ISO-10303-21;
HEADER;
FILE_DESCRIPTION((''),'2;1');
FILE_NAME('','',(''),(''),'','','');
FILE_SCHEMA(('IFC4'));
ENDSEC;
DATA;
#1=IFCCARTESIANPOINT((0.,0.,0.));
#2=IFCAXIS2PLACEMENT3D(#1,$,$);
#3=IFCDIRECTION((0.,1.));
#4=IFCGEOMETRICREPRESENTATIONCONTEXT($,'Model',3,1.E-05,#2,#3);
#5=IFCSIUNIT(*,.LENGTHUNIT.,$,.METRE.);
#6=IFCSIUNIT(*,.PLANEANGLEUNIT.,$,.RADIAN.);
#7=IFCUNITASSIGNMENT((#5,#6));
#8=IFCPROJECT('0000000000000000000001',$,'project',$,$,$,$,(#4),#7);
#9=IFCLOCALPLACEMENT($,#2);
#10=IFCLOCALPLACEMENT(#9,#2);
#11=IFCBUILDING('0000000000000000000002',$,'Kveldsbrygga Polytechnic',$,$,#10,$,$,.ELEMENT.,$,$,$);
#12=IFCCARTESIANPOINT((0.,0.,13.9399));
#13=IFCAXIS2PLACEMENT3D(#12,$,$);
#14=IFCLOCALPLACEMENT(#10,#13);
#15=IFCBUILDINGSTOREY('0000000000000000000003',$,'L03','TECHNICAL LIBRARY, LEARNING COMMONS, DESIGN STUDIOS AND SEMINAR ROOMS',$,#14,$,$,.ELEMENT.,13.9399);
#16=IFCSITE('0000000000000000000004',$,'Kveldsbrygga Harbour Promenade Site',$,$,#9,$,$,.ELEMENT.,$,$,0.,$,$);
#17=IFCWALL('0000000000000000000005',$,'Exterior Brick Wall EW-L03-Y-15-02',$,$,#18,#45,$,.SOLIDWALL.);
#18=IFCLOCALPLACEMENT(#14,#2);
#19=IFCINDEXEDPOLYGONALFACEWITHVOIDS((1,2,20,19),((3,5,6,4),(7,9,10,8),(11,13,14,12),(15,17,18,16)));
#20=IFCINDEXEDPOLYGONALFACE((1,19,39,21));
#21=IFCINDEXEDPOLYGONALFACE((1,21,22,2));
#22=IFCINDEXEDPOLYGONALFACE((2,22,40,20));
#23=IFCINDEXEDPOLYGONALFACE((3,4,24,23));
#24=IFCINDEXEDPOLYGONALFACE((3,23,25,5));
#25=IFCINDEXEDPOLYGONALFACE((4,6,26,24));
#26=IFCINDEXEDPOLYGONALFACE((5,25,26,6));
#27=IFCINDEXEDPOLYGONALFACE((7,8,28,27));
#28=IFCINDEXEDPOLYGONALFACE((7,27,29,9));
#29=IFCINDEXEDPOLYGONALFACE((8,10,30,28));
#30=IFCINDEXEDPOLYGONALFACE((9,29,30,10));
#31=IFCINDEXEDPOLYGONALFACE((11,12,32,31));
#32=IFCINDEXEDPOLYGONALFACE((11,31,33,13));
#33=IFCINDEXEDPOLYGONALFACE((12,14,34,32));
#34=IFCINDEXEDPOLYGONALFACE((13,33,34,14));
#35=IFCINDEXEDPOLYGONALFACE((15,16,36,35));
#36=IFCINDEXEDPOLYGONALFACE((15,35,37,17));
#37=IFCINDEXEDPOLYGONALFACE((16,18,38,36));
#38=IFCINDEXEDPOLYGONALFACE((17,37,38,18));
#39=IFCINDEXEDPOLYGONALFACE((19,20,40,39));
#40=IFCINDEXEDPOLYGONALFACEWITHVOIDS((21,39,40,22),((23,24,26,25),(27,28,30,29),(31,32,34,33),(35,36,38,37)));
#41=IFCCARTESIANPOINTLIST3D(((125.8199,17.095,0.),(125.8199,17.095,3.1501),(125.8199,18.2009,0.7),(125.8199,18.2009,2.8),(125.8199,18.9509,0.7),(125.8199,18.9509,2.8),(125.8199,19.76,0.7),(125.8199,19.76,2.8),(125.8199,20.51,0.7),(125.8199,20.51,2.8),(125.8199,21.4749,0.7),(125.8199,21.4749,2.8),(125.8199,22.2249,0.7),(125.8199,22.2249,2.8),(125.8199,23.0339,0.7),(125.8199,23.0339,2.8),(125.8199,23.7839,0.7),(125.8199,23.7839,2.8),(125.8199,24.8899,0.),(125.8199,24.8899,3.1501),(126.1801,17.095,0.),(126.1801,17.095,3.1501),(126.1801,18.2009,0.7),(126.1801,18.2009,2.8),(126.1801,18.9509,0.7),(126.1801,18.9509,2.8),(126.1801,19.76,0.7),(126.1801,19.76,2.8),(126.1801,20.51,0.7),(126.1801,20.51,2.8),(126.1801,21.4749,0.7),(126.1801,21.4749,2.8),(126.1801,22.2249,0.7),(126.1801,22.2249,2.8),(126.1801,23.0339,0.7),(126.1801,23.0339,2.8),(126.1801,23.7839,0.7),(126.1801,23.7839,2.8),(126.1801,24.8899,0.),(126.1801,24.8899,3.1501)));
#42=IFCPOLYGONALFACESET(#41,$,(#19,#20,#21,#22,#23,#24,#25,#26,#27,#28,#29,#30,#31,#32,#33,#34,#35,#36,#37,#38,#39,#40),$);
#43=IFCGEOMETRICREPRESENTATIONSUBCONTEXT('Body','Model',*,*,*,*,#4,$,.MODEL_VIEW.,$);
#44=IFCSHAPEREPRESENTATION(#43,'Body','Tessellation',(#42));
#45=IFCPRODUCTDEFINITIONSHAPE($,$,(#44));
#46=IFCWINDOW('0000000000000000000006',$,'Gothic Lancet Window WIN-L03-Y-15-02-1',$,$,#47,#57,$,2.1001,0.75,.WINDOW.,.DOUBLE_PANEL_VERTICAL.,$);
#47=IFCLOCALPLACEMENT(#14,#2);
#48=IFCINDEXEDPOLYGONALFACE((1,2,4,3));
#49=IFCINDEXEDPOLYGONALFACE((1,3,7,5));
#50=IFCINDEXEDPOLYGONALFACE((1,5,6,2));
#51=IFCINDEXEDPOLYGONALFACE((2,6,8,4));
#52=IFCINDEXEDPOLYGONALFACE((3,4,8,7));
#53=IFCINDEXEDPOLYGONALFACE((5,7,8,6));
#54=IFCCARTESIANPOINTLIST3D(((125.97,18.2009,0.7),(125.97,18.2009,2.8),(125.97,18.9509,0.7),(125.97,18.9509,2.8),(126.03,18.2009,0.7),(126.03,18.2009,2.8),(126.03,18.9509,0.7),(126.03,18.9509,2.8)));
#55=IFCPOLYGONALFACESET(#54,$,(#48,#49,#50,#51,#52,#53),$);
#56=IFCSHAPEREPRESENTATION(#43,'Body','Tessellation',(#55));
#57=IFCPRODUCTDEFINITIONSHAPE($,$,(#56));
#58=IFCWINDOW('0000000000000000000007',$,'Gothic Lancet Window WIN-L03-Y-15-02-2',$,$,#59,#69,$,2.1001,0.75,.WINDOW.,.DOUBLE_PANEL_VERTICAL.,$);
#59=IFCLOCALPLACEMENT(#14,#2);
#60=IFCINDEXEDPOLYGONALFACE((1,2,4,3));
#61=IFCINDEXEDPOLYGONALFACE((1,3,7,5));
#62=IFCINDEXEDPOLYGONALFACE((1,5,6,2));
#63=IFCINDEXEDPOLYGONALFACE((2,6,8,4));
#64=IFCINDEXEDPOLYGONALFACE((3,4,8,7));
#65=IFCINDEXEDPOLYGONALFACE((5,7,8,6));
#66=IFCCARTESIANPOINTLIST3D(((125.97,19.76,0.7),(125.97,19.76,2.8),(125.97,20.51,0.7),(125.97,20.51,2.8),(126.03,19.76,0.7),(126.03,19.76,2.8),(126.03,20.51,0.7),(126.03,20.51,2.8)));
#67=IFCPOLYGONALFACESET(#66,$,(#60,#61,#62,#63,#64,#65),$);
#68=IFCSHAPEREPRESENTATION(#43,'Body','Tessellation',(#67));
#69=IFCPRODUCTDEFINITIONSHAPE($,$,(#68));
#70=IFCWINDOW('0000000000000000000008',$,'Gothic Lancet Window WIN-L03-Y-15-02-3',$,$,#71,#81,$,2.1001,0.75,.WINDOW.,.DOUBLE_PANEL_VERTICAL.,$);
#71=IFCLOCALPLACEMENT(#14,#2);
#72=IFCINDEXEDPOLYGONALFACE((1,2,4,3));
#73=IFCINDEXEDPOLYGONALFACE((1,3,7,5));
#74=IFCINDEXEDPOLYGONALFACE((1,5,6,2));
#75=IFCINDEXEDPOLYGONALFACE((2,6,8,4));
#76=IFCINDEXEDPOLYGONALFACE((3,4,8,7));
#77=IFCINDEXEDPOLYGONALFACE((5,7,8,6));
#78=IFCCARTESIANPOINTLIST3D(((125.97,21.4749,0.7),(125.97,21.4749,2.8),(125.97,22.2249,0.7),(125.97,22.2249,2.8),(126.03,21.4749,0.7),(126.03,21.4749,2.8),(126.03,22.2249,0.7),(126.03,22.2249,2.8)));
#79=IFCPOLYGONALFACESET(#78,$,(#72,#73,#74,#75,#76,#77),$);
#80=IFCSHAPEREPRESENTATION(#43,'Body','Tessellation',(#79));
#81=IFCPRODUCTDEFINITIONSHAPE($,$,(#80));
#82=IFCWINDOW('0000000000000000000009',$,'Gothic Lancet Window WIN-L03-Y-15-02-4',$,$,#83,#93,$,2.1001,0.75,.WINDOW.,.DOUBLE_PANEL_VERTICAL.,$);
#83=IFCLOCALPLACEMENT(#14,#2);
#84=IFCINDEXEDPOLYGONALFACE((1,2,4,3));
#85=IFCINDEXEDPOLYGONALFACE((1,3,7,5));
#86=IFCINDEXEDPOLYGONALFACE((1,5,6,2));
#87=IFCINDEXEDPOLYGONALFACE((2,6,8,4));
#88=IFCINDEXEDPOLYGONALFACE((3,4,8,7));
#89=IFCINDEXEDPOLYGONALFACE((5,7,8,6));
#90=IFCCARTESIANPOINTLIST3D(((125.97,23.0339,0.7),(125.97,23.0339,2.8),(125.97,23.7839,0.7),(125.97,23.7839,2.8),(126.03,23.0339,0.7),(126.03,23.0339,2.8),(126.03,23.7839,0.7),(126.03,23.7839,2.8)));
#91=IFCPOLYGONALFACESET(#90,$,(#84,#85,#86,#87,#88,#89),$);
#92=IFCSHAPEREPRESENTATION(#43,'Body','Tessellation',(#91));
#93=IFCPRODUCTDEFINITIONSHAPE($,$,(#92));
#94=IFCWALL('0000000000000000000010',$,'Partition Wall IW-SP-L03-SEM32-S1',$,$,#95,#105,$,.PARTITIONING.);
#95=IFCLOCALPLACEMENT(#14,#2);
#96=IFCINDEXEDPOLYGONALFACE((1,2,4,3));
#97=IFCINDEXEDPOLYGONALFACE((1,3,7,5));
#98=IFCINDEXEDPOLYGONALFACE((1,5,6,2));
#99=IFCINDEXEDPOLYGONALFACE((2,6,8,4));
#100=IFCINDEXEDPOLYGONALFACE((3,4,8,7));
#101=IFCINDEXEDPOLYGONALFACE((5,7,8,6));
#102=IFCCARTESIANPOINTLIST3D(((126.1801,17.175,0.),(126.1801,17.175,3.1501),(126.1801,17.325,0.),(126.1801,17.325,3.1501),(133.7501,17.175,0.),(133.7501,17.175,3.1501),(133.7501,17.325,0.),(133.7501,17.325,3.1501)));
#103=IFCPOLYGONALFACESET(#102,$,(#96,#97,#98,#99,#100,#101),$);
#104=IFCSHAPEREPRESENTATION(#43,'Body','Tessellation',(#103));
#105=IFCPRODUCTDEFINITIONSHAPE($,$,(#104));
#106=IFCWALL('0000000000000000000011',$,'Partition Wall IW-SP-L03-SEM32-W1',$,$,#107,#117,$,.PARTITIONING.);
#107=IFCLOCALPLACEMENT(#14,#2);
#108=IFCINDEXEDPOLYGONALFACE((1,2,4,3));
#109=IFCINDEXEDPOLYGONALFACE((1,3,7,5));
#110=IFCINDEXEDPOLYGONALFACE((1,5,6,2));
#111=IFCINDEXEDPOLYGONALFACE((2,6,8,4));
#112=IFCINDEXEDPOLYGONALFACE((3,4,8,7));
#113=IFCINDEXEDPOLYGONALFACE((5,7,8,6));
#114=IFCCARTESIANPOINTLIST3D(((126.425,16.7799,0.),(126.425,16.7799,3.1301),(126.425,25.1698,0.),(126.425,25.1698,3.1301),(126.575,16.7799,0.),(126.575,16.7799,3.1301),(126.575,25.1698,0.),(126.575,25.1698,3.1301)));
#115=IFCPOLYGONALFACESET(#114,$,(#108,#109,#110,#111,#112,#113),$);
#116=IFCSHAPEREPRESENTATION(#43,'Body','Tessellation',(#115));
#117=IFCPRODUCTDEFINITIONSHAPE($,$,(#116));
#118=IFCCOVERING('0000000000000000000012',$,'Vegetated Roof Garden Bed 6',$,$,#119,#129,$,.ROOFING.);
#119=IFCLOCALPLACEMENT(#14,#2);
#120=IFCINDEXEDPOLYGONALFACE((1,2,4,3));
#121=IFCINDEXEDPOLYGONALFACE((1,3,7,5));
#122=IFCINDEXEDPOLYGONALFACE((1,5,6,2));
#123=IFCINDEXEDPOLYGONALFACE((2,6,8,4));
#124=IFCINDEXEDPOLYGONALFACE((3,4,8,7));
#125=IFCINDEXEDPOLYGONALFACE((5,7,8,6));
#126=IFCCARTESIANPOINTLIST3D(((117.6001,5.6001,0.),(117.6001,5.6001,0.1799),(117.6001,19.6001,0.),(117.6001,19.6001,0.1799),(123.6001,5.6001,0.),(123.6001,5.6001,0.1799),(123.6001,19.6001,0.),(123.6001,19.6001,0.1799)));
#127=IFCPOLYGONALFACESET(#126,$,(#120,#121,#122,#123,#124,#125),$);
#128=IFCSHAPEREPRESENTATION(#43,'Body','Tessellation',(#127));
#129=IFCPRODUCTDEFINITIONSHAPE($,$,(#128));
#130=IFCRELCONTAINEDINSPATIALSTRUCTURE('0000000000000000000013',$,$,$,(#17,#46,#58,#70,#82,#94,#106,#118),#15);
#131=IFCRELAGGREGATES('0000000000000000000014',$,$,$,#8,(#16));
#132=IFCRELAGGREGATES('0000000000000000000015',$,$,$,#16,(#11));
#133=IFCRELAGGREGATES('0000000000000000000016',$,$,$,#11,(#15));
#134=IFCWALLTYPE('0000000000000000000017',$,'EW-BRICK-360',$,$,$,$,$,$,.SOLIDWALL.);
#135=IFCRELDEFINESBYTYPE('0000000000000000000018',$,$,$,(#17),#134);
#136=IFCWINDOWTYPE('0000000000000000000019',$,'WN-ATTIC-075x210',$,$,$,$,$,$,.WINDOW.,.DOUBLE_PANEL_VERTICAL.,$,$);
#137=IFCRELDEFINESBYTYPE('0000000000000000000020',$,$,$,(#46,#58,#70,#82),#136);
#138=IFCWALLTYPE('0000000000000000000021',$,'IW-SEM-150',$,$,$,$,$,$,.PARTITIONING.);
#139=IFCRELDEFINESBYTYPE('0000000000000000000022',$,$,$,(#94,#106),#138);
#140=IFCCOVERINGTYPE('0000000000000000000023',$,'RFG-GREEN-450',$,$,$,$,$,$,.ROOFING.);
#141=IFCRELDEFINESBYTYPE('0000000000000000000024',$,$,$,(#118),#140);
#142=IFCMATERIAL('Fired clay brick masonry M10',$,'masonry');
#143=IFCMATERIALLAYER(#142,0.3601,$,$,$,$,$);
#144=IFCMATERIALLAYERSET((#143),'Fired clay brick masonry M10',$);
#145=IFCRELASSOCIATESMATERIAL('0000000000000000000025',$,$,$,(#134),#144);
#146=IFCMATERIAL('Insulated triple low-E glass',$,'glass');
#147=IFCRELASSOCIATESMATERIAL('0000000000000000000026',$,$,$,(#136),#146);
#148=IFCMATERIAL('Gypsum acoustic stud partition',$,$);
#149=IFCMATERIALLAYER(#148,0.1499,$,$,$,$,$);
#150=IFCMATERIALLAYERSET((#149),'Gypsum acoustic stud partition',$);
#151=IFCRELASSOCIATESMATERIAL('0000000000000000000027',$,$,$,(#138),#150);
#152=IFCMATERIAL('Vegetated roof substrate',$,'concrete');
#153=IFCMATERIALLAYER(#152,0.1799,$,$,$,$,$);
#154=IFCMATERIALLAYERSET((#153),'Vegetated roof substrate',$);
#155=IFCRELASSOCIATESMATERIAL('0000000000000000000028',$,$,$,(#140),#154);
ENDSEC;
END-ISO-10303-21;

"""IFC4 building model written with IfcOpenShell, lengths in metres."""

from ifc_helpers import new_model, si_unit, direction, frame, frame_2d, origin, origin_2d, place, context, subcontext, project, spatial, rectangle, extrude, material, layer, layer_set, type_object, element, fill, save


model = new_model("IFC4")

# Units and contexts
model_context = context("Model", 3, precision=1e-05, world=origin(), true_north=direction((0.0, 1.0)))
body_context = subcontext(model_context, "Body", "Model", "MODEL_VIEW")
ifc_project = project(units=[si_unit("LENGTHUNIT", "METRE"), si_unit("PLANEANGLEUNIT", "RADIAN")], contexts=[model_context])

# Site, building, storey
site_placement = place(None, origin())
site = spatial("IfcSite", under=ifc_project, at=site_placement, Name="Kveldsbrygga Harbour Promenade Site", CompositionType="ELEMENT", RefElevation=0.0)
building_placement = place(site_placement, origin())
building = spatial("IfcBuilding", under=site, at=building_placement, Name="Kveldsbrygga Polytechnic", CompositionType="ELEMENT")
storey_placement = place(building_placement, frame((0.0, 0.0, 13.9399)))
storey = spatial("IfcBuildingStorey", under=building, at=storey_placement, Name="L03", Description="TECHNICAL LIBRARY, LEARNING COMMONS, DESIGN STUDIOS AND SEMINAR ROOMS", CompositionType="ELEMENT", Elevation=13.9399)

# Shared definitions
ifc_material_1 = material(Name="Fired clay brick masonry M10", Category="masonry")
ifc_layer_1 = layer(ifc_material_1, 0.3601)
ifc_layer_set_1 = layer_set([ifc_layer_1], Name="Fired clay brick masonry M10")
wall_type_1 = type_object("IfcWallType", Name="EW-BRICK-360", PredefinedType="SOLIDWALL", material=ifc_layer_set_1)

# Wall, openings, windows
wall_1_placement = place(storey_placement, frame((126.0, 17.095, 0.0), z_axis=(0.0, 0.0, 1.0), x_axis=(0.0, 1.0, 0.0)))
wall_1 = element("IfcWall", 1, at=wall_1_placement, inside=storey, type_object=wall_type_1, Name="Exterior Brick Wall EW-L03-Y-15-02", PredefinedType="SOLIDWALL", context=body_context, shape_type="SweptSolid", body=[
    extrude(rectangle(XDim=7.7949, YDim=0.3601, at=frame_2d((3.8975, 0.0))), origin(), (0.0, 0.0, 1.0), 3.1501),
])
opening_1_placement = place(wall_1_placement, frame((1.106, 0.0, 0.7)))
opening_1 = element("IfcOpeningElement", 2, at=opening_1_placement, cuts=wall_1, PredefinedType="OPENING", context=body_context, shape_type="SweptSolid", body=[
    extrude(rectangle(XDim=0.75, YDim=2.1001, at=frame_2d((0.375, 1.05))), frame((0.0, 0.1899, 0.0), z_axis=(0.0, -1.0, 0.0), x_axis=(1.0, 0.0, 0.0)), (0.0, 0.0, 1.0), 0.3801),
])
opening_2_placement = place(wall_1_placement, frame((2.665, 0.0, 0.7)))
opening_2 = element("IfcOpeningElement", 3, at=opening_2_placement, cuts=wall_1, PredefinedType="OPENING", context=body_context, shape_type="SweptSolid", body=[
    extrude(rectangle(XDim=0.75, YDim=2.1001, at=frame_2d((0.375, 1.05))), frame((0.0, 0.1899, 0.0), z_axis=(0.0, -1.0, 0.0), x_axis=(1.0, 0.0, 0.0)), (0.0, 0.0, 1.0), 0.3801),
])
opening_3_placement = place(wall_1_placement, frame((4.3799, 0.0, 0.7)))
opening_3 = element("IfcOpeningElement", 4, at=opening_3_placement, cuts=wall_1, PredefinedType="OPENING", context=body_context, shape_type="SweptSolid", body=[
    extrude(rectangle(XDim=0.75, YDim=2.1001, at=frame_2d((0.375, 1.05))), frame((0.0, 0.1899, 0.0), z_axis=(0.0, -1.0, 0.0), x_axis=(1.0, 0.0, 0.0)), (0.0, 0.0, 1.0), 0.3801),
])
opening_4_placement = place(wall_1_placement, frame((5.939, 0.0, 0.7)))
opening_4 = element("IfcOpeningElement", 5, at=opening_4_placement, cuts=wall_1, PredefinedType="OPENING", context=body_context, shape_type="SweptSolid", body=[
    extrude(rectangle(XDim=0.75, YDim=2.1001, at=frame_2d((0.375, 1.05))), frame((0.0, 0.1899, 0.0), z_axis=(0.0, -1.0, 0.0), x_axis=(1.0, 0.0, 0.0)), (0.0, 0.0, 1.0), 0.3801),
])
ifc_material_2 = material(Name="Insulated triple low-E glass", Category="glass")
window_type = type_object("IfcWindowType", Name="WN-ATTIC-075x210", PartitioningType="DOUBLE_PANEL_VERTICAL", PredefinedType="WINDOW", material=ifc_material_2)
window_1_placement = place(opening_1_placement, origin())
window_1 = element("IfcWindow", 6, at=window_1_placement, inside=storey, type_object=window_type, Name="Gothic Lancet Window WIN-L03-Y-15-02-1", OverallHeight=2.1001, OverallWidth=0.75, PartitioningType="DOUBLE_PANEL_VERTICAL", PredefinedType="WINDOW", context=body_context, shape_type="SweptSolid", body=[
    extrude(rectangle(XDim=0.75, YDim=2.1001, at=frame_2d((0.375, 1.05))), frame((0.0, 0.03, 0.0), z_axis=(0.0, -1.0, 0.0), x_axis=(1.0, 0.0, 0.0)), (0.0, 0.0, 1.0), 0.0601),
])
fill(opening_1, window_1)
window_2_placement = place(opening_2_placement, origin())
window_2 = element("IfcWindow", 7, at=window_2_placement, inside=storey, type_object=window_type, Name="Gothic Lancet Window WIN-L03-Y-15-02-2", OverallHeight=2.1001, OverallWidth=0.75, PartitioningType="DOUBLE_PANEL_VERTICAL", PredefinedType="WINDOW", context=body_context, shape_type="SweptSolid", body=[
    extrude(rectangle(XDim=0.75, YDim=2.1001, at=frame_2d((0.375, 1.05))), frame((0.0, 0.03, 0.0), z_axis=(0.0, -1.0, 0.0), x_axis=(1.0, 0.0, 0.0)), (0.0, 0.0, 1.0), 0.0601),
])
fill(opening_2, window_2)
window_3_placement = place(opening_3_placement, origin())
window_3 = element("IfcWindow", 8, at=window_3_placement, inside=storey, type_object=window_type, Name="Gothic Lancet Window WIN-L03-Y-15-02-3", OverallHeight=2.1001, OverallWidth=0.75, PartitioningType="DOUBLE_PANEL_VERTICAL", PredefinedType="WINDOW", context=body_context, shape_type="SweptSolid", body=[
    extrude(rectangle(XDim=0.75, YDim=2.1001, at=frame_2d((0.375, 1.05))), frame((0.0, 0.03, 0.0), z_axis=(0.0, -1.0, 0.0), x_axis=(1.0, 0.0, 0.0)), (0.0, 0.0, 1.0), 0.0601),
])
fill(opening_3, window_3)
window_4_placement = place(opening_4_placement, origin())
window_4 = element("IfcWindow", 9, at=window_4_placement, inside=storey, type_object=window_type, Name="Gothic Lancet Window WIN-L03-Y-15-02-4", OverallHeight=2.1001, OverallWidth=0.75, PartitioningType="DOUBLE_PANEL_VERTICAL", PredefinedType="WINDOW", context=body_context, shape_type="SweptSolid", body=[
    extrude(rectangle(XDim=0.75, YDim=2.1001, at=frame_2d((0.375, 1.05))), frame((0.0, 0.03, 0.0), z_axis=(0.0, -1.0, 0.0), x_axis=(1.0, 0.0, 0.0)), (0.0, 0.0, 1.0), 0.0601),
])
fill(opening_4, window_4)

# Walls
ifc_material_3 = material(Name="Gypsum acoustic stud partition")
ifc_layer_2 = layer(ifc_material_3, 0.1499)
ifc_layer_set_2 = layer_set([ifc_layer_2], Name="Gypsum acoustic stud partition")
wall_type_2 = type_object("IfcWallType", Name="IW-SEM-150", PredefinedType="PARTITIONING", material=ifc_layer_set_2)
wall_2_placement = place(storey_placement, frame((126.1799, 17.25, 0.0), z_axis=(0.0, 0.0, 1.0), x_axis=(1.0, 0.0, 0.0)))
element("IfcWall", 10, at=wall_2_placement, inside=storey, type_object=wall_type_2, Name="Partition Wall IW-SP-L03-SEM32-S1", PredefinedType="PARTITIONING", context=body_context, shape_type="SweptSolid", body=[
    extrude(rectangle(XDim=7.5701, YDim=0.1499, at=frame_2d((3.7852, 0.0))), origin(), (0.0, 0.0, 1.0), 3.1501),
])
wall_3_placement = place(storey_placement, frame((126.5, 16.78, 0.0), z_axis=(0.0, 0.0, 1.0), x_axis=(0.0, 1.0, 0.0)))
element("IfcWall", 11, at=wall_3_placement, inside=storey, type_object=wall_type_2, Name="Partition Wall IW-SP-L03-SEM32-W1", PredefinedType="PARTITIONING", context=body_context, shape_type="SweptSolid", body=[
    extrude(rectangle(XDim=8.3899, YDim=0.1499, at=frame_2d((4.1948, 0.0))), origin(), (0.0, 0.0, 1.0), 3.1301),
])

# Covering
ifc_material_4 = material(Name="Vegetated roof substrate", Category="concrete")
ifc_layer_3 = layer(ifc_material_4, 0.1799)
ifc_layer_set_3 = layer_set([ifc_layer_3], Name="Vegetated roof substrate")
covering_type = type_object("IfcCoveringType", Name="RFG-GREEN-450", PredefinedType="ROOFING", material=ifc_layer_set_3)
covering_placement = place(storey_placement, frame((120.6001, 12.6001, 0.0), z_axis=(0.0, 0.0, 1.0), x_axis=(1.0, 0.0, 0.0)))
element("IfcCovering", 12, at=covering_placement, inside=storey, type_object=covering_type, Name="Vegetated Roof Garden Bed 6", PredefinedType="ROOFING", context=body_context, shape_type="SweptSolid", body=[
    extrude(rectangle(XDim=6.0, YDim=14.0, at=origin_2d()), origin(), (0.0, 0.0, 1.0), 0.1799),
])

save(model, "model.ifc")
